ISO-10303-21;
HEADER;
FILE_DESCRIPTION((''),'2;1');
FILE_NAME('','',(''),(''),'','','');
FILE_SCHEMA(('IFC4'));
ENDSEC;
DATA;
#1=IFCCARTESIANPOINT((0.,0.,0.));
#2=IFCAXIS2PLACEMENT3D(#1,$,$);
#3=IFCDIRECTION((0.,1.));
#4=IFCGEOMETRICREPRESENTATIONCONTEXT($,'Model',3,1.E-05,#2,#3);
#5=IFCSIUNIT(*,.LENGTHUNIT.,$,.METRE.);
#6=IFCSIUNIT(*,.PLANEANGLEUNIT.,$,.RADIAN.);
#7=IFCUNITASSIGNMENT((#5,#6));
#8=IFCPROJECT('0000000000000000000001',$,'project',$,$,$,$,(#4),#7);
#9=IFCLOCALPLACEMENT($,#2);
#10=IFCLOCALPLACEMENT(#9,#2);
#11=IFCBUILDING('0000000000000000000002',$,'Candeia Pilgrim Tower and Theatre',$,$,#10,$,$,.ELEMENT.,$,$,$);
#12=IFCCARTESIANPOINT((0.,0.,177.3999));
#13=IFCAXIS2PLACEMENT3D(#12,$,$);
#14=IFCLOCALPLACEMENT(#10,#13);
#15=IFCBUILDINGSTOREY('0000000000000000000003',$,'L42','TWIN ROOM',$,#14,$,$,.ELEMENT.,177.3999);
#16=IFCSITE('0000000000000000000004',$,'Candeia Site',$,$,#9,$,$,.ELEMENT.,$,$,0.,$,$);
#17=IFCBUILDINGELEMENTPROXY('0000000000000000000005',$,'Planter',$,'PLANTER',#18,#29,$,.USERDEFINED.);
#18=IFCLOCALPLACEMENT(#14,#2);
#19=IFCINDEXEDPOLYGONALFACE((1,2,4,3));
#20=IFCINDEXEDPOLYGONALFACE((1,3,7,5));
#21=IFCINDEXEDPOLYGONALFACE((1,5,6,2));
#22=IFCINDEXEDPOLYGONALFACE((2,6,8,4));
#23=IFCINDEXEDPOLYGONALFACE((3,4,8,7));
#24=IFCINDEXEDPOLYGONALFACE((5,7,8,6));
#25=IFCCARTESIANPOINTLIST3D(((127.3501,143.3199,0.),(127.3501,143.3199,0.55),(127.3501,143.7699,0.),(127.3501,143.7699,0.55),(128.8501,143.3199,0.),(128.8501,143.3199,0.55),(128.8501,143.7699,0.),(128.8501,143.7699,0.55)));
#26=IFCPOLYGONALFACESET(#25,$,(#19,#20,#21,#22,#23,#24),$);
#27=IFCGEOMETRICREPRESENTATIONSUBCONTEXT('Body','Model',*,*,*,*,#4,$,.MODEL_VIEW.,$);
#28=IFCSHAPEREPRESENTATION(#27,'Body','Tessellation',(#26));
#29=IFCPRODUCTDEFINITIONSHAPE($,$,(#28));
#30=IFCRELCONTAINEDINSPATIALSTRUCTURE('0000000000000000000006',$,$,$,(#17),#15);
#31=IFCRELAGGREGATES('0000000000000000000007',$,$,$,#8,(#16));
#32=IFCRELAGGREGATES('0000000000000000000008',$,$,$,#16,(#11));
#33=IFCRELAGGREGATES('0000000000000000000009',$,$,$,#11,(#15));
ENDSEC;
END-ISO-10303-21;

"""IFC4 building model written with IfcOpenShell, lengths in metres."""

from ifc_helpers import new_model, si_unit, direction, frame, origin, origin_2d, place, context, subcontext, project, spatial, rectangle, extrude, element, save


model = new_model("IFC4")

# Units and contexts
model_context = context("Model", 3, precision=1e-05, world=origin(), true_north=direction((0.0, 1.0)))
body_context = subcontext(model_context, "Body", "Model", "MODEL_VIEW")
ifc_project = project(units=[si_unit("LENGTHUNIT", "METRE"), si_unit("PLANEANGLEUNIT", "RADIAN")], contexts=[model_context])

# Site, building, storey
site_placement = place(None, origin())
site = spatial("IfcSite", under=ifc_project, at=site_placement, Name="Candeia Site", CompositionType="ELEMENT", RefElevation=0.0)
building_placement = place(site_placement, origin())
building = spatial("IfcBuilding", under=site, at=building_placement, Name="Candeia Pilgrim Tower and Theatre", CompositionType="ELEMENT")
storey_placement = place(building_placement, frame((0.0, 0.0, 177.3999)))
storey = spatial("IfcBuildingStorey", under=building, at=storey_placement, Name="L42", Description="TWIN ROOM", CompositionType="ELEMENT", Elevation=177.3999)

# Building element proxy
proxy_placement = place(storey_placement, frame((128.1001, 143.5449, 0.0), z_axis=(0.0, 0.0, 1.0), x_axis=(-1.0, 0.0, 0.0)))
element("IfcBuildingElementProxy", 1, at=proxy_placement, inside=storey, Name="Planter", ObjectType="PLANTER", PredefinedType="USERDEFINED", context=body_context, shape_type="SweptSolid", body=[
    extrude(rectangle(XDim=1.5, YDim=0.45, at=origin_2d()), origin(), (0.0, 0.0, 1.0), 0.55),
])

save(model, "model.ifc")
